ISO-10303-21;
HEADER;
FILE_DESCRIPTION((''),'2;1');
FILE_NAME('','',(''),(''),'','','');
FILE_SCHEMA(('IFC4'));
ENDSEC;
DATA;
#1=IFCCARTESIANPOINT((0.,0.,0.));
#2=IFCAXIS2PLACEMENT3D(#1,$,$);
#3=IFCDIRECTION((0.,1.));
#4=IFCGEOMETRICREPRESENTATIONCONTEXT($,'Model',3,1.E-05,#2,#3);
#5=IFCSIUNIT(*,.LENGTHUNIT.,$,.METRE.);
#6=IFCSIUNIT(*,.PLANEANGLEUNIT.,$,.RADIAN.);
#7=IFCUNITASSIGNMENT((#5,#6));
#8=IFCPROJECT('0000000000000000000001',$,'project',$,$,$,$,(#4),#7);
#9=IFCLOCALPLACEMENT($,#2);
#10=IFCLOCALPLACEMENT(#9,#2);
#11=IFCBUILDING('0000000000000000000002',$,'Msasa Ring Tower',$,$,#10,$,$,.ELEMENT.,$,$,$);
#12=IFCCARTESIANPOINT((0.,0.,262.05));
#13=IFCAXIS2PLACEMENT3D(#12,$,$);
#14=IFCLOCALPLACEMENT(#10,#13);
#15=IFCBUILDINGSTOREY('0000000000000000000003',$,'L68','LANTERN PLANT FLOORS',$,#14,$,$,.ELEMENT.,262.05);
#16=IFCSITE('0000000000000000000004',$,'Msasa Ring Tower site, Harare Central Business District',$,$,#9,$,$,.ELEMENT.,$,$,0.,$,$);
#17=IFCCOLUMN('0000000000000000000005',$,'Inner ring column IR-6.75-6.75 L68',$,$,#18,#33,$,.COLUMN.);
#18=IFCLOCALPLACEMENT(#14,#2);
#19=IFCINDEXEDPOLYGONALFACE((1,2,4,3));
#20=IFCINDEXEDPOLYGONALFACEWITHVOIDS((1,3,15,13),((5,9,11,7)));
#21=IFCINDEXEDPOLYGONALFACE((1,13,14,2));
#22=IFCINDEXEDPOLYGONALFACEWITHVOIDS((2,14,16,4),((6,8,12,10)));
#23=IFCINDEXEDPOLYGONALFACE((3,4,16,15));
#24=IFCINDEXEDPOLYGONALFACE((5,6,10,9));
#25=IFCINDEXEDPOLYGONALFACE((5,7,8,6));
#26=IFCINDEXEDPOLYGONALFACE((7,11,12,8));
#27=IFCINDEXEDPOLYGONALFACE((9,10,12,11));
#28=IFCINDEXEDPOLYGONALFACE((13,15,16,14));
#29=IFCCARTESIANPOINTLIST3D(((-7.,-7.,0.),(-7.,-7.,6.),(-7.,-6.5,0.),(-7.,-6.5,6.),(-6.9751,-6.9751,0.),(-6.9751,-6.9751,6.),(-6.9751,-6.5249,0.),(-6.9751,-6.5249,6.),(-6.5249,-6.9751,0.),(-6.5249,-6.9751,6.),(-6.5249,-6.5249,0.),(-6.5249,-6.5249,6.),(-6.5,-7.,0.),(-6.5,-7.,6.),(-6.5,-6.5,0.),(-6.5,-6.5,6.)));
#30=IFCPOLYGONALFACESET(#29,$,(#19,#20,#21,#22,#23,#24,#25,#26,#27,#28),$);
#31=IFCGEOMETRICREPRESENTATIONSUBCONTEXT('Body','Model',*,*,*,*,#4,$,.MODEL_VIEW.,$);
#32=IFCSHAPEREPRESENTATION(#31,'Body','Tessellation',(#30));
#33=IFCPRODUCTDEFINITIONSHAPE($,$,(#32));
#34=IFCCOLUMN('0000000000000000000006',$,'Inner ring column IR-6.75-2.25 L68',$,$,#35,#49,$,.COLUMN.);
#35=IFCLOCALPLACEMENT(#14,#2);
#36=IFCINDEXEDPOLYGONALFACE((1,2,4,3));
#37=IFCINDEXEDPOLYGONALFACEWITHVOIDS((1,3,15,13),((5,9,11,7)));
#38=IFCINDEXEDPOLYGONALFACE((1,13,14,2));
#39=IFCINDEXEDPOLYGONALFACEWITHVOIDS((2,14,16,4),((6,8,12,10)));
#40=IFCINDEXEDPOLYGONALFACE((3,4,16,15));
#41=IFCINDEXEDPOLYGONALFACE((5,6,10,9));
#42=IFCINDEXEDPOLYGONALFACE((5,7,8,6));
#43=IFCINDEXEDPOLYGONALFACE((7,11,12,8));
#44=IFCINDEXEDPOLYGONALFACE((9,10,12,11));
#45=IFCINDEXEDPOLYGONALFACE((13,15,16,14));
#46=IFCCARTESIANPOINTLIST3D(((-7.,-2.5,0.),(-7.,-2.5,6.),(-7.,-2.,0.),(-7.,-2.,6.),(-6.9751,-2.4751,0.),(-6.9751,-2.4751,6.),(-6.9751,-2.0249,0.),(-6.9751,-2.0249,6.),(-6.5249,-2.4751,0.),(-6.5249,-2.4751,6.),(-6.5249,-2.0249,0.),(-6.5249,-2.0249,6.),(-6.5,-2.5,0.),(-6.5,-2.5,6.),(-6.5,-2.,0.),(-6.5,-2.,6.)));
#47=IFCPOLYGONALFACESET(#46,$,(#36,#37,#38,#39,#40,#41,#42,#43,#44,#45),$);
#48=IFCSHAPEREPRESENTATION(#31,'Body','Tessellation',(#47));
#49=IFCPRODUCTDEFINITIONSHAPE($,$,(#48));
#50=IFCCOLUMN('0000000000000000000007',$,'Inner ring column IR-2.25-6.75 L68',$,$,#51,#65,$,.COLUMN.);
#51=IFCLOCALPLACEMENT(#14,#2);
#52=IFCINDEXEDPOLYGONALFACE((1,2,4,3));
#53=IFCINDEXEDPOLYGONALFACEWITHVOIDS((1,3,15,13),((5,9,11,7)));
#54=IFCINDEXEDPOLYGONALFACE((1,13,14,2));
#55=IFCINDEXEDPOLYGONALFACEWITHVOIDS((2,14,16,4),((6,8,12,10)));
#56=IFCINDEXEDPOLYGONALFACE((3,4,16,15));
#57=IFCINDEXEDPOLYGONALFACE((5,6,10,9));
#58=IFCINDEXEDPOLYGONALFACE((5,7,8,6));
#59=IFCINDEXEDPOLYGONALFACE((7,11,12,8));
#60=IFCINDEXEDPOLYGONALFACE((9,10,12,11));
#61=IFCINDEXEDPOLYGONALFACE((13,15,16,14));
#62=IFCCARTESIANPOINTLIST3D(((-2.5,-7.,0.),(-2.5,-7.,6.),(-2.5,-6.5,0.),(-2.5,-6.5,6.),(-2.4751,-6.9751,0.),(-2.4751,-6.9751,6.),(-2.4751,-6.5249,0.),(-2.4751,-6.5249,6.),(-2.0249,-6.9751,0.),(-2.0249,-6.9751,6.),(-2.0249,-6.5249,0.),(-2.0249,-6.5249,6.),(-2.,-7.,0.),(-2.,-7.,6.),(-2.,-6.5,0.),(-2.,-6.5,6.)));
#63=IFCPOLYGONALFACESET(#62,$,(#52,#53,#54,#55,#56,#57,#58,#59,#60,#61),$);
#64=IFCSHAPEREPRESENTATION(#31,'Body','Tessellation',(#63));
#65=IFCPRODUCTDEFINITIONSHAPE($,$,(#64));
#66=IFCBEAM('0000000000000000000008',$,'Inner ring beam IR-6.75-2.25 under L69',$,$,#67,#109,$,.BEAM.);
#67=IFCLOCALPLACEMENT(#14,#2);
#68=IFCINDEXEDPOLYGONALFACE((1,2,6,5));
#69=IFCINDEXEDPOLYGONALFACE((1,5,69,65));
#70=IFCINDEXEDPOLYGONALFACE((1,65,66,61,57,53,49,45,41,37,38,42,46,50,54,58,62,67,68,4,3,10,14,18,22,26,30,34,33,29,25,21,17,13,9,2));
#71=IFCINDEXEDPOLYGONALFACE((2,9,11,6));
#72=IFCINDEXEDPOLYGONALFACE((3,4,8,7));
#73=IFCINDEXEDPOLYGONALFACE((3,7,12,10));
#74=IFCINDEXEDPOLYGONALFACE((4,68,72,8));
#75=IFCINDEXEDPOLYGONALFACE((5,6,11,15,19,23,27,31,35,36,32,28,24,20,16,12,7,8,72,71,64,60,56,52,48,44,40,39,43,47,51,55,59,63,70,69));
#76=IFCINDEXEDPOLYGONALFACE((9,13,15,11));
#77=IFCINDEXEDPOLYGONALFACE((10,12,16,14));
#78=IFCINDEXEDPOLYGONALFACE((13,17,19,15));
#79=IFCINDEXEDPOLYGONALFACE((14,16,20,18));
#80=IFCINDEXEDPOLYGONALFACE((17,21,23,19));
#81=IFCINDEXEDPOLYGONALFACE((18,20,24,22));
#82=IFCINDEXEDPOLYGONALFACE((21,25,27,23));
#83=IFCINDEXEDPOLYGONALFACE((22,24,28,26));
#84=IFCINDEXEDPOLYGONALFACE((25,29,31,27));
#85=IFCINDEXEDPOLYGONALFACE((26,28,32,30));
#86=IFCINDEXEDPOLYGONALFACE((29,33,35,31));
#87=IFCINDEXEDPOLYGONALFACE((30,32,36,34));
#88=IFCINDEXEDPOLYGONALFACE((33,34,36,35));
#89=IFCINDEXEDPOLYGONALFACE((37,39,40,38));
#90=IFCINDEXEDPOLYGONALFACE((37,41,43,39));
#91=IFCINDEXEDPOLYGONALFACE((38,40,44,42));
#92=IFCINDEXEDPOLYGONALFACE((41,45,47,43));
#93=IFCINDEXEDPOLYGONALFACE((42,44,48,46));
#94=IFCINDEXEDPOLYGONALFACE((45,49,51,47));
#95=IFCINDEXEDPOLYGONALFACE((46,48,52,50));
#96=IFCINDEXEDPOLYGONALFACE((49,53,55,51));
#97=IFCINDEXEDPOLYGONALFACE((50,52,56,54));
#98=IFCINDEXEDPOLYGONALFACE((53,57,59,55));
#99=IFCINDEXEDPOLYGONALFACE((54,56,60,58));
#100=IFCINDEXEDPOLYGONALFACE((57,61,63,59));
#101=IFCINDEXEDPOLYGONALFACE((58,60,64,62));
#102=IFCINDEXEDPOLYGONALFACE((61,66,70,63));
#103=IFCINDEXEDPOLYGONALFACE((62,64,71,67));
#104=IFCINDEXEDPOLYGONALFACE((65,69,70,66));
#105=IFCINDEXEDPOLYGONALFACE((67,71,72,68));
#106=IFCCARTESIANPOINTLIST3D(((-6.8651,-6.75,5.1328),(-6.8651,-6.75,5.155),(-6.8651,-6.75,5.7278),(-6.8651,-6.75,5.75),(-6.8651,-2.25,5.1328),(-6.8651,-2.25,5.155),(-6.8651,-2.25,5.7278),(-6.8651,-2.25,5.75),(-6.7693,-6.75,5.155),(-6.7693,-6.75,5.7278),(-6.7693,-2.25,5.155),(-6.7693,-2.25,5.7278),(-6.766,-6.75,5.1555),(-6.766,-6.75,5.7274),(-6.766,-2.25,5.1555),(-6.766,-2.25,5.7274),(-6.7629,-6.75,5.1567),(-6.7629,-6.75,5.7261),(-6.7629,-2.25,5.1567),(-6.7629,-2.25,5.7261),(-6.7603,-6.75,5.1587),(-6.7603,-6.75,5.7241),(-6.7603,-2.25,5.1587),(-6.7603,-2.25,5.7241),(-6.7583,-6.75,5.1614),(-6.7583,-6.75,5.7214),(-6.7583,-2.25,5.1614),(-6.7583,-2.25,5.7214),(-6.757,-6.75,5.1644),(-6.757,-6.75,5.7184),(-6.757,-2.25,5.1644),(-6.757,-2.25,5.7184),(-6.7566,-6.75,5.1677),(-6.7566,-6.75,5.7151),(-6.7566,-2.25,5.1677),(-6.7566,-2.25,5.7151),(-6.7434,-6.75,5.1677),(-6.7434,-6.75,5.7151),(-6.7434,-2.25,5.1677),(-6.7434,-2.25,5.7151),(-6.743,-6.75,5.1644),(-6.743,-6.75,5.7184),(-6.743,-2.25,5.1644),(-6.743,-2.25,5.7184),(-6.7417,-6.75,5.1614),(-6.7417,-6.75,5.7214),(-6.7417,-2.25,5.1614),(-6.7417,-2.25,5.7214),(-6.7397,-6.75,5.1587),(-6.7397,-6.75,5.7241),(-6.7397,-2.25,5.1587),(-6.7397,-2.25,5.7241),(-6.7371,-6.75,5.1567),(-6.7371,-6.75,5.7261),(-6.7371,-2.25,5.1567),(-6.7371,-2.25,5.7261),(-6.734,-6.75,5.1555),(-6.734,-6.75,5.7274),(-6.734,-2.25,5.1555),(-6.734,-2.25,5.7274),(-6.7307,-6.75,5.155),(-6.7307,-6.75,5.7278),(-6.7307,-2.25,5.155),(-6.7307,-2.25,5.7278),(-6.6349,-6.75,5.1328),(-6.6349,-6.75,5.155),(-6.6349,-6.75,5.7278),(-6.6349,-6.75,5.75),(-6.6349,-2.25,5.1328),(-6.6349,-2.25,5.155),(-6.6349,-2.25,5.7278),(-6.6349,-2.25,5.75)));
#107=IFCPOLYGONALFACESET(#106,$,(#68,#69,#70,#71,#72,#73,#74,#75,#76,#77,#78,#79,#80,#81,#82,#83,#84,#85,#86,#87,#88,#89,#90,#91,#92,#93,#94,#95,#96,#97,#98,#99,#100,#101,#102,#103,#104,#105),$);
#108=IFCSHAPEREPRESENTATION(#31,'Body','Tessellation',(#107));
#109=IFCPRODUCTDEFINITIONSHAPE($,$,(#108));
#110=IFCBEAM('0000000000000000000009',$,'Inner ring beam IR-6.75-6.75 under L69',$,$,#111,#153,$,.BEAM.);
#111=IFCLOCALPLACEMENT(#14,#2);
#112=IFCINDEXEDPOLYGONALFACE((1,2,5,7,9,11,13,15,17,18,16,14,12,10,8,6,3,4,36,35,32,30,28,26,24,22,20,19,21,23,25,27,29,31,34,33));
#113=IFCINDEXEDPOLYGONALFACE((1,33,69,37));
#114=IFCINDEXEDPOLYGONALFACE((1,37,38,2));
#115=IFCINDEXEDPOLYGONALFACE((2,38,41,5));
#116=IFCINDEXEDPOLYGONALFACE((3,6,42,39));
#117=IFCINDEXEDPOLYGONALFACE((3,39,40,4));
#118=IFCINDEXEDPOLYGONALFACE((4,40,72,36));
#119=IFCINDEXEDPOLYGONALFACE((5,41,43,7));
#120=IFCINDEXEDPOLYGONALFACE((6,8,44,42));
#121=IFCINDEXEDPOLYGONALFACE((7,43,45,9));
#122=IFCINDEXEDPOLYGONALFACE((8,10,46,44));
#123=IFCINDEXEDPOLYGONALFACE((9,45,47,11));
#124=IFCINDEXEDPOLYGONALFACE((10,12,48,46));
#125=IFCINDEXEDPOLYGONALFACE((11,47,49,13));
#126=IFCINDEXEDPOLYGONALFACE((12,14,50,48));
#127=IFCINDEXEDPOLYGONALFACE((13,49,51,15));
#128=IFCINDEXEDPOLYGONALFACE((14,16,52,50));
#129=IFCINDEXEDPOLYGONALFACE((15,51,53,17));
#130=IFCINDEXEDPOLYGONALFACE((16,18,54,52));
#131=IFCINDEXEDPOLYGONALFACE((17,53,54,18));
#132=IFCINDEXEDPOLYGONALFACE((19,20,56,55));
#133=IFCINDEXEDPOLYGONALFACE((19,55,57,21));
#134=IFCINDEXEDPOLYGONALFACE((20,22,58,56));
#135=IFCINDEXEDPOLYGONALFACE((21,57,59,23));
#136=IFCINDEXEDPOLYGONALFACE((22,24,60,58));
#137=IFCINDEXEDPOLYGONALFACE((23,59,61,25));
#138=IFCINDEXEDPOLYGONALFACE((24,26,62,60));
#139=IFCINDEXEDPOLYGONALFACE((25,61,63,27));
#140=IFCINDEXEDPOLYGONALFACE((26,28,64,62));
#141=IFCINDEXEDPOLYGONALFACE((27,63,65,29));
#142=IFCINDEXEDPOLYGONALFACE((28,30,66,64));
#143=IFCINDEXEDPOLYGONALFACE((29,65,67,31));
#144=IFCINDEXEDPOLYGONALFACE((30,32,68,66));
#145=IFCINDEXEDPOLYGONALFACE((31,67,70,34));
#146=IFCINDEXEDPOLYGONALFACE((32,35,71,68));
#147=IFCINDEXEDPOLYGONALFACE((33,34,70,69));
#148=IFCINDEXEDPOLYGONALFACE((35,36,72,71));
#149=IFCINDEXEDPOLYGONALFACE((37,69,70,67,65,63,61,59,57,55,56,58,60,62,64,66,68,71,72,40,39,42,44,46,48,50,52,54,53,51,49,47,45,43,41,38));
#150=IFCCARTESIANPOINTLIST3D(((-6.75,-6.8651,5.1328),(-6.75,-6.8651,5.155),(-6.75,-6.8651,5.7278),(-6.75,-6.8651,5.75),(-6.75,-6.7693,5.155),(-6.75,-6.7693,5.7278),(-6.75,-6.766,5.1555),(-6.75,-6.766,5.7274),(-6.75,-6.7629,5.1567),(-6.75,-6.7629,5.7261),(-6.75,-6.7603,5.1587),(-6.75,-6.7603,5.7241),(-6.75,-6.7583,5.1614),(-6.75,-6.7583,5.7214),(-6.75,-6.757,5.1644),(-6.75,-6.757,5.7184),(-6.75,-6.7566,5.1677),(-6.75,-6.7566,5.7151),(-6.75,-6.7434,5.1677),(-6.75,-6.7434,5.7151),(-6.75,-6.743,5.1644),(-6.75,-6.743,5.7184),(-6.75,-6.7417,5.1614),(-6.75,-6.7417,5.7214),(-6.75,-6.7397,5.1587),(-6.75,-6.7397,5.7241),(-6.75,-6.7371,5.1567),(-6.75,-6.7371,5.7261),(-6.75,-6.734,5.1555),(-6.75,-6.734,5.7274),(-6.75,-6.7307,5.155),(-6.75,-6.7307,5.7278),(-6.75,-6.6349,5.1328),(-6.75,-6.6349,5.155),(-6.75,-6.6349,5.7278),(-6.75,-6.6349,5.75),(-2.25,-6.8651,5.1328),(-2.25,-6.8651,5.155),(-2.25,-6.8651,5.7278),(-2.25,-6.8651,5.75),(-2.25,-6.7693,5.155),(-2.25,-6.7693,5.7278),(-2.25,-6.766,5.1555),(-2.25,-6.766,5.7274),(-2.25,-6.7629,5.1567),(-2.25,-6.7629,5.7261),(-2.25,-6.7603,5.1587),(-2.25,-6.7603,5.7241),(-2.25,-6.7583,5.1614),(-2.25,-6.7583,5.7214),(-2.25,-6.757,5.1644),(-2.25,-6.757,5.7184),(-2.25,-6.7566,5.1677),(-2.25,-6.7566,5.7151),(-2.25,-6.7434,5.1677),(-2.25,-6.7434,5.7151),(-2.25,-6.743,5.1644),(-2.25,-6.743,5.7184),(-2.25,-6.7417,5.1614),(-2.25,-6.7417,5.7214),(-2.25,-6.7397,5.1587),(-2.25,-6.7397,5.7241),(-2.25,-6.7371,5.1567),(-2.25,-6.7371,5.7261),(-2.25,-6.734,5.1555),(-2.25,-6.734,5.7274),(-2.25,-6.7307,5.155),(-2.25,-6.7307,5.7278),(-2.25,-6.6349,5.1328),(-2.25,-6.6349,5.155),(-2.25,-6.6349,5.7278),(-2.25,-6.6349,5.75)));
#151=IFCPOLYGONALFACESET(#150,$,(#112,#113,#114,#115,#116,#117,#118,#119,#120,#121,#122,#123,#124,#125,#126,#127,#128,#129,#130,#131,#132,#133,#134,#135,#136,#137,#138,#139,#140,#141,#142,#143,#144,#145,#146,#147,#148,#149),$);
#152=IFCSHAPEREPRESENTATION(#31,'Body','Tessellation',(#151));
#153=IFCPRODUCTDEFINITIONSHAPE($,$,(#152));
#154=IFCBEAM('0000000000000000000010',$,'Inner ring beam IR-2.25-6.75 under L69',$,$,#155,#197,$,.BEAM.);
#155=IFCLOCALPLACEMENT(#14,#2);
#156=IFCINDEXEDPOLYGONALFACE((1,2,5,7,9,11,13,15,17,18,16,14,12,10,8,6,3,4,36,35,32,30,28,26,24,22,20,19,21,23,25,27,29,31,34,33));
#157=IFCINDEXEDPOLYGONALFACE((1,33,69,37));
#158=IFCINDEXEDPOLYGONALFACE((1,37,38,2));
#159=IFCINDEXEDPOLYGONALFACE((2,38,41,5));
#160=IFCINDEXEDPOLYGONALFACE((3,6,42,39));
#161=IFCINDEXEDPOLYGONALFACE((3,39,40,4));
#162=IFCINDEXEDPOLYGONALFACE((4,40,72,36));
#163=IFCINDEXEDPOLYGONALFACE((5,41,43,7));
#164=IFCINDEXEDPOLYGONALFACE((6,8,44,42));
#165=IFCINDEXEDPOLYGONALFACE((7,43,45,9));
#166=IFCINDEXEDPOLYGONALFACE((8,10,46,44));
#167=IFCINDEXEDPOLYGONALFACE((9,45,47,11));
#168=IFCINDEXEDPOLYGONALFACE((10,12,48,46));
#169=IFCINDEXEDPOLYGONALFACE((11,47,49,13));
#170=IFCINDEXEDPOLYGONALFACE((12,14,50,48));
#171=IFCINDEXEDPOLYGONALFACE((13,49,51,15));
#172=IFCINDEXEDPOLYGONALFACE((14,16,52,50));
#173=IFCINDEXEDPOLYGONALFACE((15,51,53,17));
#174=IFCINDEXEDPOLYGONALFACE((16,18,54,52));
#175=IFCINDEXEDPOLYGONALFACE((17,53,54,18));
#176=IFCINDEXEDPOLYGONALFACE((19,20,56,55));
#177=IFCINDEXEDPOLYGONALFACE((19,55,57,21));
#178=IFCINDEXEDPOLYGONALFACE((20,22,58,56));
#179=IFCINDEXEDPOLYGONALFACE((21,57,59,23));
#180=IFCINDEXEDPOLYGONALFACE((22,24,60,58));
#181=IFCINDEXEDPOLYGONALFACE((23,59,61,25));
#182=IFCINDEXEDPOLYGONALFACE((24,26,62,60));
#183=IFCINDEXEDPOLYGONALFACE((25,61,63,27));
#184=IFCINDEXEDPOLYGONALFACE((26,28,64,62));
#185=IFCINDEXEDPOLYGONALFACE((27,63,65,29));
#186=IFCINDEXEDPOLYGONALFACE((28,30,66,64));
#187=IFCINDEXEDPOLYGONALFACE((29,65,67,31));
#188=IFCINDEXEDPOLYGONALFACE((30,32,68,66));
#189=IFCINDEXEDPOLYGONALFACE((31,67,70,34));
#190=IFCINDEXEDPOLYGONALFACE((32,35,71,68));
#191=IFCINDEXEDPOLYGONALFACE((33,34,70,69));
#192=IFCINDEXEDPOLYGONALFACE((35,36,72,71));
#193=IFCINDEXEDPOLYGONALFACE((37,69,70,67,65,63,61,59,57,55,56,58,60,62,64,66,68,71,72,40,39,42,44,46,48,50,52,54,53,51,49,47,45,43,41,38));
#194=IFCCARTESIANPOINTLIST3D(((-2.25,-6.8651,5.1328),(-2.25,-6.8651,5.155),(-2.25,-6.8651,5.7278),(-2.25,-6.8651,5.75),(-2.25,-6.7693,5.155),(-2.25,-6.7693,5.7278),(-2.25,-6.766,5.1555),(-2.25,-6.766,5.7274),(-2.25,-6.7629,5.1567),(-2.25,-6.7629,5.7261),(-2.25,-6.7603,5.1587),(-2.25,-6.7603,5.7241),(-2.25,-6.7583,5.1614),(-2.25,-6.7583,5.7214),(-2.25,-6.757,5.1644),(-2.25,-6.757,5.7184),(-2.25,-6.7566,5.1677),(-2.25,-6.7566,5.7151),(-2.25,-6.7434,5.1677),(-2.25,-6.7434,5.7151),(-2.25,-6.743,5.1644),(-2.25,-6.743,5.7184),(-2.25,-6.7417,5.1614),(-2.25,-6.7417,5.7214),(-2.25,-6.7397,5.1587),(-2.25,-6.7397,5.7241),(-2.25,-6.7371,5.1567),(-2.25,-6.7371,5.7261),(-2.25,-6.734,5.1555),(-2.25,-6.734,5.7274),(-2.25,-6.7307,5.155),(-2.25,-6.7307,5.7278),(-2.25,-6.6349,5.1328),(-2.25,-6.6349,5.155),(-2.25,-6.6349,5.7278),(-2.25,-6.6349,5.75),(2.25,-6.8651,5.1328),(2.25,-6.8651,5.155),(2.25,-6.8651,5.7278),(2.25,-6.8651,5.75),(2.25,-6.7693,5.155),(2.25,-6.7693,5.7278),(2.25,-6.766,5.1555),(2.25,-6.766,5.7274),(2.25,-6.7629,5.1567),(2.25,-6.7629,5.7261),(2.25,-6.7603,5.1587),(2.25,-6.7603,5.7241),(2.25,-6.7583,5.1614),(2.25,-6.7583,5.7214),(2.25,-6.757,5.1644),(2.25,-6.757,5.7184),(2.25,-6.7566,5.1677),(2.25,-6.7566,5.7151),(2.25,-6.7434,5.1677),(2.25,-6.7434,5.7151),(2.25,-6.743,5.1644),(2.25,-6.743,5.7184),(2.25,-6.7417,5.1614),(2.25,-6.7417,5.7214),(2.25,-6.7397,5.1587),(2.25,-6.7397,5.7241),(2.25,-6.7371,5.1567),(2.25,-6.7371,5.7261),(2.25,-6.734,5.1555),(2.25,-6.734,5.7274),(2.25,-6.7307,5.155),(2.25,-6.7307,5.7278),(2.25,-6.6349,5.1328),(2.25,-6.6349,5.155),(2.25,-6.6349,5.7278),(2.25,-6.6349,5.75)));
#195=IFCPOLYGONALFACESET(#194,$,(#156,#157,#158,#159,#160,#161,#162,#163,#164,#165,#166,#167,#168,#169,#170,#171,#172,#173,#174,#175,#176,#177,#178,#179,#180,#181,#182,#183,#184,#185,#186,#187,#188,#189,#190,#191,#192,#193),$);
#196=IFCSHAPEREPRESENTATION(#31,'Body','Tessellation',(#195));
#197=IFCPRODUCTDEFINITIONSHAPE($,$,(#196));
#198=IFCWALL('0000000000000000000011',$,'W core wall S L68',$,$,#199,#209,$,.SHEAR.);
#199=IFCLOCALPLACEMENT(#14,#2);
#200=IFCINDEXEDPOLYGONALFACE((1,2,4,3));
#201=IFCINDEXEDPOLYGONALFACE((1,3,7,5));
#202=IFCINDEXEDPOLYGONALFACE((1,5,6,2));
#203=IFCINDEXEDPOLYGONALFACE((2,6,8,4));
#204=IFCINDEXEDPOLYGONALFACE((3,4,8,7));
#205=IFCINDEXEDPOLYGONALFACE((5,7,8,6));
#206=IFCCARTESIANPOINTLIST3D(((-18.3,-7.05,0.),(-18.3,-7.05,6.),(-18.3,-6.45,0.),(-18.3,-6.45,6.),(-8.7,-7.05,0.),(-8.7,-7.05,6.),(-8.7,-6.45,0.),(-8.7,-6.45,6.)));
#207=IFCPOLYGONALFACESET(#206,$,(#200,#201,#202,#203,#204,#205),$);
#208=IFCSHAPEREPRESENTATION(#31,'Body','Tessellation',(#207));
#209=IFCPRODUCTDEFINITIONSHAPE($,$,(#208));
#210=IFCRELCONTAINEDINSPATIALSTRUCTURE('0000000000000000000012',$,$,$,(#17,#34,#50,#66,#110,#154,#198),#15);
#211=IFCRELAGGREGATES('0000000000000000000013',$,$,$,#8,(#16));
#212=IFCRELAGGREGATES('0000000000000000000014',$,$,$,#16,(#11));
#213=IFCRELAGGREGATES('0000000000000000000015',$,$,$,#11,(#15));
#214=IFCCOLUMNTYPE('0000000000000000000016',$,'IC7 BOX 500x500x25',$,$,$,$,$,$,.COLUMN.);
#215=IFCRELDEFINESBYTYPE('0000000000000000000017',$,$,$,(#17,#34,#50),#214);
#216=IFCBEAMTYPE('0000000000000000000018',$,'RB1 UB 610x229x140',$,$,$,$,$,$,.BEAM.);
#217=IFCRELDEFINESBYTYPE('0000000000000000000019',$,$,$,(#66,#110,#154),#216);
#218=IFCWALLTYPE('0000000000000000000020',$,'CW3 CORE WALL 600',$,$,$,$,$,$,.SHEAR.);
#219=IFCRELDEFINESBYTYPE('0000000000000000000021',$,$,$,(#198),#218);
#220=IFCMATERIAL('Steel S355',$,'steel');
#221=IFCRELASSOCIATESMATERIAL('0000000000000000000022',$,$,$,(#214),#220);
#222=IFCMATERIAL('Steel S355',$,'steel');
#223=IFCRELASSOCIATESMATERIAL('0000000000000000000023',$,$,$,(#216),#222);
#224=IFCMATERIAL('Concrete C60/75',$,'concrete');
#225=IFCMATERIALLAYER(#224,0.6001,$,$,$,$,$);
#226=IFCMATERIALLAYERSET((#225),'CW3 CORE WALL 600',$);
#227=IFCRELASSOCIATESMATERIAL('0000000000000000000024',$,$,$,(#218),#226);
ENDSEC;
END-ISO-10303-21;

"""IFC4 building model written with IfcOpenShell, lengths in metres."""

from ifc_helpers import new_model, si_unit, direction, frame, frame_2d, origin, origin_2d, place, context, subcontext, project, spatial, rectangle, hollow_rectangle, i_section, extrude, material, layer, layer_set, material_profile, profile_set, type_object, element, save


model = new_model("IFC4")

# Units and contexts
model_context = context("Model", 3, precision=1e-05, world=origin(), true_north=direction((0.0, 1.0)))
body_context = subcontext(model_context, "Body", "Model", "MODEL_VIEW")
ifc_project = project(units=[si_unit("LENGTHUNIT", "METRE"), si_unit("PLANEANGLEUNIT", "RADIAN")], contexts=[model_context])

# Site, building, storey
site_placement = place(None, origin())
site = spatial("IfcSite", under=ifc_project, at=site_placement, Name="Msasa Ring Tower site, Harare Central Business District", CompositionType="ELEMENT", RefElevation=0.0)
building_placement = place(site_placement, origin())
building = spatial("IfcBuilding", under=site, at=building_placement, Name="Msasa Ring Tower", CompositionType="ELEMENT")
storey_placement = place(building_placement, frame((0.0, 0.0, 262.05)))
storey = spatial("IfcBuildingStorey", under=building, at=storey_placement, Name="L68", Description="LANTERN PLANT FLOORS", CompositionType="ELEMENT", Elevation=262.05)

# Columns
ifc_material_1 = material(Name="Steel S355", Category="steel")
ifc_material_profile_1 = material_profile(ifc_material_1, hollow_rectangle(XDim=0.5, YDim=0.5, WallThickness=0.0249, at=origin_2d()), Name="BOX 500x500x25")
ifc_profile_set_1 = profile_set([ifc_material_profile_1], Name="Steel S355")
column_type = type_object("IfcColumnType", Name="IC7 BOX 500x500x25", PredefinedType="COLUMN", material=ifc_profile_set_1)
for number, where, z_axis, x_axis, name in (
    (1, (-6.75, -6.75, 0.0), (0.0, 0.0, 1.0), (1.0, 0.0, 0.0), "Inner ring column IR-6.75-6.75 L68"),
    (2, (-6.75, -2.25, 0.0), (0.0, 0.0, 1.0), (1.0, 0.0, 0.0), "Inner ring column IR-6.75-2.25 L68"),
    (3, (-2.25, -6.75, 0.0), (0.0, 0.0, 1.0), (1.0, 0.0, 0.0), "Inner ring column IR-2.25-6.75 L68"),
):
    element("IfcColumn", number, at=place(storey_placement, frame(where, z_axis=z_axis, x_axis=x_axis)), inside=storey, type_object=column_type, Name=name, PredefinedType="COLUMN", context=body_context, shape_type="SweptSolid", body=[
        extrude(hollow_rectangle(XDim=0.5, YDim=0.5, WallThickness=0.0249, at=origin_2d()), origin(), (0.0, 0.0, 1.0), 6.0),
    ])

# Beams
ifc_material_2 = material(Name="Steel S355", Category="steel")
ifc_material_profile_2 = material_profile(ifc_material_2, i_section(OverallWidth=0.2302, OverallDepth=0.6172, WebThickness=0.0132, FlangeThickness=0.0222, FilletRadius=0.0127, at=origin_2d()), Name="UB 610x229x140")
ifc_profile_set_2 = profile_set([ifc_material_profile_2], Name="Steel S355")
beam_type = type_object("IfcBeamType", Name="RB1 UB 610x229x140", PredefinedType="BEAM", material=ifc_profile_set_2)
for number, where, z_axis, x_axis, name in (
    (4, (-6.75, -2.25, 5.4414), (0.0, -1.0, 0.0), (1.0, 0.0, 0.0), "Inner ring beam IR-6.75-2.25 under L69"),
    (5, (-6.75, -6.75, 5.4414), (1.0, 0.0, 0.0), (0.0, 1.0, 0.0), "Inner ring beam IR-6.75-6.75 under L69"),
    (6, (-2.25, -6.75, 5.4414), (1.0, 0.0, 0.0), (0.0, 1.0, 0.0), "Inner ring beam IR-2.25-6.75 under L69"),
):
    element("IfcBeam", number, at=place(storey_placement, frame(where, z_axis=z_axis, x_axis=x_axis)), inside=storey, type_object=beam_type, Name=name, PredefinedType="BEAM", context=body_context, shape_type="SweptSolid", body=[
        extrude(i_section(OverallWidth=0.2302, OverallDepth=0.6172, WebThickness=0.0132, FlangeThickness=0.0222, FilletRadius=0.0127, at=origin_2d()), origin(), (0.0, 0.0, 1.0), 4.5),
    ])

# Wall
ifc_material_3 = material(Name="Concrete C60/75", Category="concrete")
ifc_layer_1 = layer(ifc_material_3, 0.6001)
ifc_layer_set_1 = layer_set([ifc_layer_1], Name="CW3 CORE WALL 600")
wall_type_1 = type_object("IfcWallType", Name="CW3 CORE WALL 600", PredefinedType="SHEAR", material=ifc_layer_set_1)
wall_1_placement = place(storey_placement, frame((-8.7, -6.75, 0.0), z_axis=(0.0, 0.0, 1.0), x_axis=(-1.0, 0.0, 0.0)))
element("IfcWall", 7, at=wall_1_placement, inside=storey, type_object=wall_type_1, Name="W core wall S L68", PredefinedType="SHEAR", context=body_context, shape_type="SweptSolid", body=[
    extrude(rectangle(XDim=9.6001, YDim=0.6001, at=frame_2d((4.8, 0.0))), origin(), (0.0, 0.0, 1.0), 6.0),
])

save(model, "model.ifc")
